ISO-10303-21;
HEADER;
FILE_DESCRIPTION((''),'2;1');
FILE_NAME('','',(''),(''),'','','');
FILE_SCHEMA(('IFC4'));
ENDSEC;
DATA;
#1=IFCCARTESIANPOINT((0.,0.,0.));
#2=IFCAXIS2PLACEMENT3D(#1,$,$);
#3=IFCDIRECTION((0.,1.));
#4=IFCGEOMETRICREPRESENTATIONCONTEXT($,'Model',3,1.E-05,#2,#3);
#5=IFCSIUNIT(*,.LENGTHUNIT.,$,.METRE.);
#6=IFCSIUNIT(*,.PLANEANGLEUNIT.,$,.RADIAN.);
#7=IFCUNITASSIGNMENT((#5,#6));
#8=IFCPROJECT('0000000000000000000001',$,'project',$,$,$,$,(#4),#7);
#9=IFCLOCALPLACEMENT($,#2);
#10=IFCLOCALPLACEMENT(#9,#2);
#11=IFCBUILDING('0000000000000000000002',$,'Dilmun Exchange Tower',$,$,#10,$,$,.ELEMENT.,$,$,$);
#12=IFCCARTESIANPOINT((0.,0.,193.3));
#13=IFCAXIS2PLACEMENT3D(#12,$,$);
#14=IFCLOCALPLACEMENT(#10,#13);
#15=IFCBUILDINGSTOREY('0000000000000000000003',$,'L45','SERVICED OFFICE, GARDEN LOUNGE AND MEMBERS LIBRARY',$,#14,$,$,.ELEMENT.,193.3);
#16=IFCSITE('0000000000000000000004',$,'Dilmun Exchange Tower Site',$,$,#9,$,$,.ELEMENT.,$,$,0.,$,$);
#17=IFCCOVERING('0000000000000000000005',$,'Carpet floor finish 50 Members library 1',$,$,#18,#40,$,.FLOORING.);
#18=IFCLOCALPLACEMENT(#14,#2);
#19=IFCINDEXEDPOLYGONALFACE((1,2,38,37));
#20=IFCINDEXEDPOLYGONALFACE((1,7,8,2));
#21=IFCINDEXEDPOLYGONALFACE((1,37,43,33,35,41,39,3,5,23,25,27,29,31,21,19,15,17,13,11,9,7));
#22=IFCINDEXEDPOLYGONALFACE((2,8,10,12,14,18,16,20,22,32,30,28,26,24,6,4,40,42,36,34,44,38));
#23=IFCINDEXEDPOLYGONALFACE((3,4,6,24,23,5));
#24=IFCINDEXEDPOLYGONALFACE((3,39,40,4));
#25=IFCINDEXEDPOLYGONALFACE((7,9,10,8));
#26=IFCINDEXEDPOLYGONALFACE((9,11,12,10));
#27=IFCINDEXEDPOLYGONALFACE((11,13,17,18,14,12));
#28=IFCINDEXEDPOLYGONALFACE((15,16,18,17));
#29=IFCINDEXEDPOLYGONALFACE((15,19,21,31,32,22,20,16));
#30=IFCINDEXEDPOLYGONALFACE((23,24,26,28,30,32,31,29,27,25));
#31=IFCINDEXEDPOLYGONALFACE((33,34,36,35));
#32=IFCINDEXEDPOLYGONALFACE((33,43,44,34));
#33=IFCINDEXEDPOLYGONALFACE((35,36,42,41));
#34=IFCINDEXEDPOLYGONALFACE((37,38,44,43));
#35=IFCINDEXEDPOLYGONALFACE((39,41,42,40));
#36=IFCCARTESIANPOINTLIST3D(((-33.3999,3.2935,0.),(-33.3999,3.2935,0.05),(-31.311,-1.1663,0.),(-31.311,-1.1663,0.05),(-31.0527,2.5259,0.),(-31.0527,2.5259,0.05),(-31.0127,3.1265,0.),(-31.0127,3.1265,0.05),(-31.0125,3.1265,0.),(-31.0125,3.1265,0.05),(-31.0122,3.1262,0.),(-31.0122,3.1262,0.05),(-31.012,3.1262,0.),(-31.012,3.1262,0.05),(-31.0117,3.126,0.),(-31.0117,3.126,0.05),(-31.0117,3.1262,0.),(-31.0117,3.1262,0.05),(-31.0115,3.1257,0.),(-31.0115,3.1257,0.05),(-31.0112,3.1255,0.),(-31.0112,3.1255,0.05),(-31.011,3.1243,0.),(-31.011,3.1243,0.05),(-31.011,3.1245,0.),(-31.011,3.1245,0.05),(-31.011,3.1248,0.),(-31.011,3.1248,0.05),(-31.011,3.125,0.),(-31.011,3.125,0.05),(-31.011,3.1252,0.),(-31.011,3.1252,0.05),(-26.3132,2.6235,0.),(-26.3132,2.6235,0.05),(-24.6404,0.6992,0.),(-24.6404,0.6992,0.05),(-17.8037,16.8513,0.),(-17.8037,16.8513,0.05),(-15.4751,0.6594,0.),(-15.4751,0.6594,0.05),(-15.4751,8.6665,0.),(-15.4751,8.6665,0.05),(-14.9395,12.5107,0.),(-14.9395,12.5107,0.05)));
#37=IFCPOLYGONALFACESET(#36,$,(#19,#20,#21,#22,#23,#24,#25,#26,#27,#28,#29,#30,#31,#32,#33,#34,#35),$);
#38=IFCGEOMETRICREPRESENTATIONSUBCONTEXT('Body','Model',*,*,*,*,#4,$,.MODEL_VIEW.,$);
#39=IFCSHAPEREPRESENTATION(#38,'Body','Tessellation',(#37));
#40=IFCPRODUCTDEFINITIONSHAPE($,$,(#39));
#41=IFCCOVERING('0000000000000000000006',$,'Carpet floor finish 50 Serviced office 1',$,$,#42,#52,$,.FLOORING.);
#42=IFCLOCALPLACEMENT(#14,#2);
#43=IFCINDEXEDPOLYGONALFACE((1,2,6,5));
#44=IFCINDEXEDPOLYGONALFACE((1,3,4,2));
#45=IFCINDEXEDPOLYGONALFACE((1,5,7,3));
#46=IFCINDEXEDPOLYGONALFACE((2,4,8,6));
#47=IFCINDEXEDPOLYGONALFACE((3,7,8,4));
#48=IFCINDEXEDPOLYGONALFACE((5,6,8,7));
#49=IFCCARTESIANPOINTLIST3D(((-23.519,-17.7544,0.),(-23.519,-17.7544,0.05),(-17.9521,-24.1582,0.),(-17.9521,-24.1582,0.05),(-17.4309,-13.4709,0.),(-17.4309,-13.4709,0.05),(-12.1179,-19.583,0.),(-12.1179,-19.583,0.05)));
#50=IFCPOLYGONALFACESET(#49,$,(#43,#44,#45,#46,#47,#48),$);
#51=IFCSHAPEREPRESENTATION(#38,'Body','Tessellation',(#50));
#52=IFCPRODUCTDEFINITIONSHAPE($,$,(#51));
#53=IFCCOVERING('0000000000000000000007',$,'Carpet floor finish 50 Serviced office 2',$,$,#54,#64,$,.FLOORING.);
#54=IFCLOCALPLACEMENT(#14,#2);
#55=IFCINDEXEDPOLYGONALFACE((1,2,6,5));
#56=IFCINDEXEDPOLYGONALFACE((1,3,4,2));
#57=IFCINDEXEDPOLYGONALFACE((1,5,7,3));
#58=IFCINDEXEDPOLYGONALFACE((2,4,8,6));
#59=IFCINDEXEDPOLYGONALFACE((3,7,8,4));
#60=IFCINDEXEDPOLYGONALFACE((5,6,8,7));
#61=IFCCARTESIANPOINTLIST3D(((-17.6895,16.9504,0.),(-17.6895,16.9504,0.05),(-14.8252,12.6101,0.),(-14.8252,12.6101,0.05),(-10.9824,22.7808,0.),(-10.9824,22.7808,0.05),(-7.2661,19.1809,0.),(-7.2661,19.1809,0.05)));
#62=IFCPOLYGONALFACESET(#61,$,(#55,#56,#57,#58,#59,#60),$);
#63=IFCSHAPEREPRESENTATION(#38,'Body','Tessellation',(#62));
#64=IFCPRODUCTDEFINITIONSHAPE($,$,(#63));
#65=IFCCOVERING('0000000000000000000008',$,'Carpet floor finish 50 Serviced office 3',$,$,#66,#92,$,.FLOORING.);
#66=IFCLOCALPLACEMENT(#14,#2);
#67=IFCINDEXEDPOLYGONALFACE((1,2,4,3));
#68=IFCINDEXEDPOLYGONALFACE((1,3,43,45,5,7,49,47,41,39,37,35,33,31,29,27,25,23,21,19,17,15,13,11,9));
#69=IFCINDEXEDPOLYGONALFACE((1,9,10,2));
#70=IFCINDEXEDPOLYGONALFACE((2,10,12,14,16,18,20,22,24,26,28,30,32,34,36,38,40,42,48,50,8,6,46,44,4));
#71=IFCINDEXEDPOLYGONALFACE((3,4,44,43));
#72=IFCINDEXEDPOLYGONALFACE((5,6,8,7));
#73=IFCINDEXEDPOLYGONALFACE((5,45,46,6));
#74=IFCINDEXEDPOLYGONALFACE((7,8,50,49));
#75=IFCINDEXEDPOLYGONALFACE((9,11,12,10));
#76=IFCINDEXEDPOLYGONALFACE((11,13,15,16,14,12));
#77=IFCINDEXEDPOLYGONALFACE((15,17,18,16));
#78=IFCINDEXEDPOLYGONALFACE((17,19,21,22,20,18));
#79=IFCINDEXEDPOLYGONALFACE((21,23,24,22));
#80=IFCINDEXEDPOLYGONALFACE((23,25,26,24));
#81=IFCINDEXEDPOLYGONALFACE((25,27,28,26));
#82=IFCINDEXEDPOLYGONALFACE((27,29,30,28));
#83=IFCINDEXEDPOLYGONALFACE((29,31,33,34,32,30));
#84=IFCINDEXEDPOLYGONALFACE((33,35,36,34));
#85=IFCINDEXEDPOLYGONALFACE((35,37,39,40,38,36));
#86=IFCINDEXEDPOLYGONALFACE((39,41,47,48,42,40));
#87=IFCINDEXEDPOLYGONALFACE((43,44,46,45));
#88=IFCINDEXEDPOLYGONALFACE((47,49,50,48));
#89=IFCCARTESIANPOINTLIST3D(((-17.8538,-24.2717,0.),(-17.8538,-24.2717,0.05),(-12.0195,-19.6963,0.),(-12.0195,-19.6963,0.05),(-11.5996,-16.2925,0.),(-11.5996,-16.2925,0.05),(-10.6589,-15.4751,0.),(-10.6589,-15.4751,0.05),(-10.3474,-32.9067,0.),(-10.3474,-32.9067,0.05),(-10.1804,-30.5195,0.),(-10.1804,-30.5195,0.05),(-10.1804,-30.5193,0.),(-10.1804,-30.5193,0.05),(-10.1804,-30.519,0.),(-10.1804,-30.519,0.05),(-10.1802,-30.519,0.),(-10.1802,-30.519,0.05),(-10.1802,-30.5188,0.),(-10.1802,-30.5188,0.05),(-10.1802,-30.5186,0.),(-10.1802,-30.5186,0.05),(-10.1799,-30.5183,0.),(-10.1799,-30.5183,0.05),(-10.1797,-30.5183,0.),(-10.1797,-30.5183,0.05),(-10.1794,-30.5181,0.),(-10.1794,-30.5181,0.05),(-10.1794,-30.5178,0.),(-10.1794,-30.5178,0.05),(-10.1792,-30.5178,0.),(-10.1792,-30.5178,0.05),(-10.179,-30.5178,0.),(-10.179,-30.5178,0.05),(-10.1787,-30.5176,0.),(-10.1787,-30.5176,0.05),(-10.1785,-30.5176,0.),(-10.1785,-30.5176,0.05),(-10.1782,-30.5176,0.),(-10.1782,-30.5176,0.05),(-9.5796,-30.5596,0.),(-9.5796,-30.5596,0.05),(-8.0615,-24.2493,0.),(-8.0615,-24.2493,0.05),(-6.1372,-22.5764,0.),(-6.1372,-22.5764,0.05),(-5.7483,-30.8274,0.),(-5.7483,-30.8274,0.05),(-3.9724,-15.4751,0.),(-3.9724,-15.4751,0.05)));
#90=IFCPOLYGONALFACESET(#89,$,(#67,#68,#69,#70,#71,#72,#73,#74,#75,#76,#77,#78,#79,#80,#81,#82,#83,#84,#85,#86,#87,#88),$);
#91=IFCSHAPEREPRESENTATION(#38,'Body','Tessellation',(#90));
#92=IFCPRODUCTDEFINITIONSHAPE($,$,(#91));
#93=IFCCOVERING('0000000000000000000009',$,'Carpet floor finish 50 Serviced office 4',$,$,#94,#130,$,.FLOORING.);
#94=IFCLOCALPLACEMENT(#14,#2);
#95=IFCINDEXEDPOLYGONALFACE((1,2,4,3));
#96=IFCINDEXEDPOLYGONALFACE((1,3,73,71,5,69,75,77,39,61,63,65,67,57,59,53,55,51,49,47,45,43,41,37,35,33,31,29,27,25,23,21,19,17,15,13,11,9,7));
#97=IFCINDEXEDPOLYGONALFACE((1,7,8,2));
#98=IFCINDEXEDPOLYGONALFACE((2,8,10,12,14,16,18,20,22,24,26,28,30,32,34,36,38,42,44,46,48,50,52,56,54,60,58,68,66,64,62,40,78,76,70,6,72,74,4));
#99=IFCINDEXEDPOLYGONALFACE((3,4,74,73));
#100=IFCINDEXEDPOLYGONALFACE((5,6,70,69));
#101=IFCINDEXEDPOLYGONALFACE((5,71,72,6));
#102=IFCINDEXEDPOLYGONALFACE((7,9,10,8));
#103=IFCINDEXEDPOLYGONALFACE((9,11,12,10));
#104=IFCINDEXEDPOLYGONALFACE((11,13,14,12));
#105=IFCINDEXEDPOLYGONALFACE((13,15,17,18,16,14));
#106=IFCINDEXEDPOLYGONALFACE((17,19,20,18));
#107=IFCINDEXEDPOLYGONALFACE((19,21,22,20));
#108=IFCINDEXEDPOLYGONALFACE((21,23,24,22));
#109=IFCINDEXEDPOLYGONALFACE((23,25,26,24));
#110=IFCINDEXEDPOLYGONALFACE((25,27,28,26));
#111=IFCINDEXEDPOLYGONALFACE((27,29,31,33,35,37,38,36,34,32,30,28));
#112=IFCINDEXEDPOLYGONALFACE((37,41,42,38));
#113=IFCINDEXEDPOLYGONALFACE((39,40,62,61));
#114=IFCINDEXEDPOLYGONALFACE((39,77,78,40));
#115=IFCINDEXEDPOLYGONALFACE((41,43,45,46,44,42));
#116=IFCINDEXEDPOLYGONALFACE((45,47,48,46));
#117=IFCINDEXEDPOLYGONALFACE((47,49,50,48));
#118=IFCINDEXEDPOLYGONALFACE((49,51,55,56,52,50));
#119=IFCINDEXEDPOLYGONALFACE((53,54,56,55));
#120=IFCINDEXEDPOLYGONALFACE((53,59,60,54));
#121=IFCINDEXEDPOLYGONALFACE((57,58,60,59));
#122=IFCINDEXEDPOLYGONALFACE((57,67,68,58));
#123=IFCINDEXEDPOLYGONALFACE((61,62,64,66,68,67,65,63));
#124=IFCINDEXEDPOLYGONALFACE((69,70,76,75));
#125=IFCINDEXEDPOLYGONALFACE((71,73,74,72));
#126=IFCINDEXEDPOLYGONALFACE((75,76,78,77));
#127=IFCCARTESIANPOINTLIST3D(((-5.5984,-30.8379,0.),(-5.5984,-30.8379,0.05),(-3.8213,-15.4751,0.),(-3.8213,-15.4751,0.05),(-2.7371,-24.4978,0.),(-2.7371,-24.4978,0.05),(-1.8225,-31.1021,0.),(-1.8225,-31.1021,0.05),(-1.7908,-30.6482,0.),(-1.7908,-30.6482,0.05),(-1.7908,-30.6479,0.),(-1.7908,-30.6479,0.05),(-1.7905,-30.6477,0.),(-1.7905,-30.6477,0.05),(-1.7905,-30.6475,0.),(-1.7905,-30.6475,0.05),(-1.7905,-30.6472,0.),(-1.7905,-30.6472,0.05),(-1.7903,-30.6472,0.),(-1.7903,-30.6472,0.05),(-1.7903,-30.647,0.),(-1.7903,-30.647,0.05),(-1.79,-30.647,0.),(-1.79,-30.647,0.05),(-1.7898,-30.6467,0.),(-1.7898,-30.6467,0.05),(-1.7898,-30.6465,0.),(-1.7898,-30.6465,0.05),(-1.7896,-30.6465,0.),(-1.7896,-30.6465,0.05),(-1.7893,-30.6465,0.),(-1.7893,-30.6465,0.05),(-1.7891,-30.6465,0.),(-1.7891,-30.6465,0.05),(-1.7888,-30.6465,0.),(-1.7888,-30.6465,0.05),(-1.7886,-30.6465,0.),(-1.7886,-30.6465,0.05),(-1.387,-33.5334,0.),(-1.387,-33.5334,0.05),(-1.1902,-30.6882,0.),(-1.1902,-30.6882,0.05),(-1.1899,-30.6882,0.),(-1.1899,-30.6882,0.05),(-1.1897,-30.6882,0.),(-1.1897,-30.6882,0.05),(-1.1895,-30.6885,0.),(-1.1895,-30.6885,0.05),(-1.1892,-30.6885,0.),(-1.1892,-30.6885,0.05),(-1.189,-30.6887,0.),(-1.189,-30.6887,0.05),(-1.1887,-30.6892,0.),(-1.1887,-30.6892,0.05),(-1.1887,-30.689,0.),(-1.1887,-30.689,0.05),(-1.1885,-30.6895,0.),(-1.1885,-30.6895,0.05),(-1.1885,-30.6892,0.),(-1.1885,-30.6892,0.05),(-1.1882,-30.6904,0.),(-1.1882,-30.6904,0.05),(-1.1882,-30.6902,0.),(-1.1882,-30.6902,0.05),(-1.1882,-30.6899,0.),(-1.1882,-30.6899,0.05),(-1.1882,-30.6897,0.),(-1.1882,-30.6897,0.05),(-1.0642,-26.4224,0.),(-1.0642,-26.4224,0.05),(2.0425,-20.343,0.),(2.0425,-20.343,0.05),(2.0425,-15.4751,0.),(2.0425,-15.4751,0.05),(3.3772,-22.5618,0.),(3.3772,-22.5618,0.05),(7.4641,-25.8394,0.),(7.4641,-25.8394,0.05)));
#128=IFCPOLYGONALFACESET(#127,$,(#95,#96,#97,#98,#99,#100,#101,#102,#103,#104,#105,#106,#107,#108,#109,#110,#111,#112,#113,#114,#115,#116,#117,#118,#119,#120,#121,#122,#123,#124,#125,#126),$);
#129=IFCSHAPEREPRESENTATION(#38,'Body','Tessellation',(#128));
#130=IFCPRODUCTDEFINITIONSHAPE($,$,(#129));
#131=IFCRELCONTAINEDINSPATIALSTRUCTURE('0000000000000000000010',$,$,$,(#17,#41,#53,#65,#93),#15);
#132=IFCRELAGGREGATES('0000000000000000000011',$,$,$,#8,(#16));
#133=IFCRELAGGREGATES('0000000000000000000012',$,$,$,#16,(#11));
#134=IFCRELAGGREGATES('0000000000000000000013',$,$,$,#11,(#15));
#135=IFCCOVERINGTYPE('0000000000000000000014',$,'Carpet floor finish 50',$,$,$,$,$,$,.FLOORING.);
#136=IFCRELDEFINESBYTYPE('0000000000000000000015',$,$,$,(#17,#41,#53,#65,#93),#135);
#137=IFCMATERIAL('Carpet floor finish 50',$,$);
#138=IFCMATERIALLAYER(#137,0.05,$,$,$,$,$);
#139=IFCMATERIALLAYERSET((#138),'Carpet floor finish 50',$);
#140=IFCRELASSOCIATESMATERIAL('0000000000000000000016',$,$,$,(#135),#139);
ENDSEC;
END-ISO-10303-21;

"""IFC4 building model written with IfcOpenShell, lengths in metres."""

from ifc_helpers import new_model, si_unit, direction, frame, origin, place, context, subcontext, project, spatial, polyline, outline, extrude, material, layer, layer_set, type_object, element, save


model = new_model("IFC4")

# Units and contexts
model_context = context("Model", 3, precision=1e-05, world=origin(), true_north=direction((0.0, 1.0)))
body_context = subcontext(model_context, "Body", "Model", "MODEL_VIEW")
ifc_project = project(units=[si_unit("LENGTHUNIT", "METRE"), si_unit("PLANEANGLEUNIT", "RADIAN")], contexts=[model_context])

# Site, building, storey
site_placement = place(None, origin())
site = spatial("IfcSite", under=ifc_project, at=site_placement, Name="Dilmun Exchange Tower Site", CompositionType="ELEMENT", RefElevation=0.0)
building_placement = place(site_placement, origin())
building = spatial("IfcBuilding", under=site, at=building_placement, Name="Dilmun Exchange Tower", CompositionType="ELEMENT")
storey_placement = place(building_placement, frame((0.0, 0.0, 193.3)))
storey = spatial("IfcBuildingStorey", under=building, at=storey_placement, Name="L45", Description="SERVICED OFFICE, GARDEN LOUNGE AND MEMBERS LIBRARY", CompositionType="ELEMENT", Elevation=193.3)

# Coverings
ifc_material_1 = material(Name="Carpet floor finish 50")
ifc_layer_1 = layer(ifc_material_1, 0.05)
ifc_layer_set_1 = layer_set([ifc_layer_1], Name="Carpet floor finish 50")
covering_type_1 = type_object("IfcCoveringType", Name="Carpet floor finish 50", PredefinedType="FLOORING", material=ifc_layer_set_1)
covering_1_placement = place(storey_placement, origin())
element("IfcCovering", 1, at=covering_1_placement, inside=storey, type_object=covering_type_1, Name="Carpet floor finish 50 Members library 1", PredefinedType="FLOORING", context=body_context, shape_type="SweptSolid", body=[
    extrude(outline(polyline([(-15.4751, 8.6665), (-15.4751, 0.6594), (-31.311, -1.1663), (-31.0527, 2.5259), (-31.0527, 2.5259), (-31.011, 3.1243), (-31.011, 3.1245), (-31.011, 3.1248), (-31.011, 3.125), (-31.011, 3.125), (-31.011, 3.1252), (-31.0112, 3.1255), (-31.0112, 3.1255), (-31.0115, 3.1257), (-31.0117, 3.126), (-31.0117, 3.1262), (-31.012, 3.1262), (-31.0122, 3.1262), (-31.0122, 3.1262), (-31.0125, 3.1265), (-31.0127, 3.1265), (-31.0127, 3.1265), (-33.3999, 3.2935), (-17.8037, 16.8513), (-14.9395, 12.5107), (-26.3132, 2.6235), (-24.6404, 0.6992), (-15.4751, 8.6665)])), origin(), (0.0, 0.0, 1.0), 0.05),
])
covering_2_placement = place(storey_placement, origin())
element("IfcCovering", 2, at=covering_2_placement, inside=storey, type_object=covering_type_1, Name="Carpet floor finish 50 Serviced office 1", PredefinedType="FLOORING", context=body_context, shape_type="SweptSolid", body=[
    extrude(outline(polyline([(-17.9521, -24.1582), (-23.519, -17.7544), (-17.4309, -13.4709), (-12.1179, -19.583), (-17.9521, -24.1582)])), origin(), (0.0, 0.0, 1.0), 0.05),
])
covering_3_placement = place(storey_placement, origin())
element("IfcCovering", 3, at=covering_3_placement, inside=storey, type_object=covering_type_1, Name="Carpet floor finish 50 Serviced office 2", PredefinedType="FLOORING", context=body_context, shape_type="SweptSolid", body=[
    extrude(outline(polyline([(-14.8252, 12.6101), (-17.6895, 16.9504), (-10.9824, 22.7808), (-7.2661, 19.1809), (-14.8252, 12.6101)])), origin(), (0.0, 0.0, 1.0), 0.05),
])
covering_4_placement = place(storey_placement, origin())
element("IfcCovering", 4, at=covering_4_placement, inside=storey, type_object=covering_type_1, Name="Carpet floor finish 50 Serviced office 3", PredefinedType="FLOORING", context=body_context, shape_type="SweptSolid", body=[
    extrude(outline(polyline([(-12.0195, -19.6963), (-8.0615, -24.2493), (-6.1372, -22.5764), (-11.5996, -16.2925), (-10.6589, -15.4751), (-3.9724, -15.4751), (-5.7483, -30.8274), (-9.5796, -30.5596), (-9.5796, -30.5596), (-9.5796, -30.5596), (-10.1782, -30.5176), (-10.1785, -30.5176), (-10.1787, -30.5176), (-10.1787, -30.5176), (-10.179, -30.5178), (-10.1792, -30.5178), (-10.1794, -30.5178), (-10.1794, -30.5181), (-10.1797, -30.5183), (-10.1797, -30.5183), (-10.1799, -30.5183), (-10.1802, -30.5186), (-10.1802, -30.5188), (-10.1802, -30.519), (-10.1804, -30.519), (-10.1804, -30.5193), (-10.1804, -30.5195), (-10.3474, -32.9067), (-17.8538, -24.2717), (-12.0195, -19.6963)])), origin(), (0.0, 0.0, 1.0), 0.05),
])
covering_5_placement = place(storey_placement, origin())
element("IfcCovering", 5, at=covering_5_placement, inside=storey, type_object=covering_type_1, Name="Carpet floor finish 50 Serviced office 4", PredefinedType="FLOORING", context=body_context, shape_type="SweptSolid", body=[
    extrude(outline(polyline([(-3.8213, -15.4751), (2.0425, -15.4751), (2.0425, -20.343), (-2.7371, -24.4978), (-1.0642, -26.4224), (3.3772, -22.5618), (7.4641, -25.8394), (-1.387, -33.5334), (-1.1882, -30.6904), (-1.1882, -30.6902), (-1.1882, -30.6899), (-1.1882, -30.6897), (-1.1882, -30.6897), (-1.1885, -30.6895), (-1.1885, -30.6892), (-1.1887, -30.6892), (-1.1887, -30.689), (-1.189, -30.6887), (-1.189, -30.6887), (-1.1892, -30.6885), (-1.1892, -30.6885), (-1.1895, -30.6885), (-1.1897, -30.6882), (-1.1899, -30.6882), (-1.1902, -30.6882), (-1.7886, -30.6465), (-1.7888, -30.6465), (-1.7891, -30.6465), (-1.7893, -30.6465), (-1.7893, -30.6465), (-1.7896, -30.6465), (-1.7898, -30.6465), (-1.7898, -30.6467), (-1.79, -30.647), (-1.7903, -30.647), (-1.7903, -30.6472), (-1.7905, -30.6472), (-1.7905, -30.6475), (-1.7905, -30.6477), (-1.7908, -30.6479), (-1.7908, -30.6479), (-1.7908, -30.6482), (-1.8225, -31.1021), (-5.5984, -30.8379), (-3.8213, -15.4751)])), origin(), (0.0, 0.0, 1.0), 0.05),
])

save(model, "model.ifc")
